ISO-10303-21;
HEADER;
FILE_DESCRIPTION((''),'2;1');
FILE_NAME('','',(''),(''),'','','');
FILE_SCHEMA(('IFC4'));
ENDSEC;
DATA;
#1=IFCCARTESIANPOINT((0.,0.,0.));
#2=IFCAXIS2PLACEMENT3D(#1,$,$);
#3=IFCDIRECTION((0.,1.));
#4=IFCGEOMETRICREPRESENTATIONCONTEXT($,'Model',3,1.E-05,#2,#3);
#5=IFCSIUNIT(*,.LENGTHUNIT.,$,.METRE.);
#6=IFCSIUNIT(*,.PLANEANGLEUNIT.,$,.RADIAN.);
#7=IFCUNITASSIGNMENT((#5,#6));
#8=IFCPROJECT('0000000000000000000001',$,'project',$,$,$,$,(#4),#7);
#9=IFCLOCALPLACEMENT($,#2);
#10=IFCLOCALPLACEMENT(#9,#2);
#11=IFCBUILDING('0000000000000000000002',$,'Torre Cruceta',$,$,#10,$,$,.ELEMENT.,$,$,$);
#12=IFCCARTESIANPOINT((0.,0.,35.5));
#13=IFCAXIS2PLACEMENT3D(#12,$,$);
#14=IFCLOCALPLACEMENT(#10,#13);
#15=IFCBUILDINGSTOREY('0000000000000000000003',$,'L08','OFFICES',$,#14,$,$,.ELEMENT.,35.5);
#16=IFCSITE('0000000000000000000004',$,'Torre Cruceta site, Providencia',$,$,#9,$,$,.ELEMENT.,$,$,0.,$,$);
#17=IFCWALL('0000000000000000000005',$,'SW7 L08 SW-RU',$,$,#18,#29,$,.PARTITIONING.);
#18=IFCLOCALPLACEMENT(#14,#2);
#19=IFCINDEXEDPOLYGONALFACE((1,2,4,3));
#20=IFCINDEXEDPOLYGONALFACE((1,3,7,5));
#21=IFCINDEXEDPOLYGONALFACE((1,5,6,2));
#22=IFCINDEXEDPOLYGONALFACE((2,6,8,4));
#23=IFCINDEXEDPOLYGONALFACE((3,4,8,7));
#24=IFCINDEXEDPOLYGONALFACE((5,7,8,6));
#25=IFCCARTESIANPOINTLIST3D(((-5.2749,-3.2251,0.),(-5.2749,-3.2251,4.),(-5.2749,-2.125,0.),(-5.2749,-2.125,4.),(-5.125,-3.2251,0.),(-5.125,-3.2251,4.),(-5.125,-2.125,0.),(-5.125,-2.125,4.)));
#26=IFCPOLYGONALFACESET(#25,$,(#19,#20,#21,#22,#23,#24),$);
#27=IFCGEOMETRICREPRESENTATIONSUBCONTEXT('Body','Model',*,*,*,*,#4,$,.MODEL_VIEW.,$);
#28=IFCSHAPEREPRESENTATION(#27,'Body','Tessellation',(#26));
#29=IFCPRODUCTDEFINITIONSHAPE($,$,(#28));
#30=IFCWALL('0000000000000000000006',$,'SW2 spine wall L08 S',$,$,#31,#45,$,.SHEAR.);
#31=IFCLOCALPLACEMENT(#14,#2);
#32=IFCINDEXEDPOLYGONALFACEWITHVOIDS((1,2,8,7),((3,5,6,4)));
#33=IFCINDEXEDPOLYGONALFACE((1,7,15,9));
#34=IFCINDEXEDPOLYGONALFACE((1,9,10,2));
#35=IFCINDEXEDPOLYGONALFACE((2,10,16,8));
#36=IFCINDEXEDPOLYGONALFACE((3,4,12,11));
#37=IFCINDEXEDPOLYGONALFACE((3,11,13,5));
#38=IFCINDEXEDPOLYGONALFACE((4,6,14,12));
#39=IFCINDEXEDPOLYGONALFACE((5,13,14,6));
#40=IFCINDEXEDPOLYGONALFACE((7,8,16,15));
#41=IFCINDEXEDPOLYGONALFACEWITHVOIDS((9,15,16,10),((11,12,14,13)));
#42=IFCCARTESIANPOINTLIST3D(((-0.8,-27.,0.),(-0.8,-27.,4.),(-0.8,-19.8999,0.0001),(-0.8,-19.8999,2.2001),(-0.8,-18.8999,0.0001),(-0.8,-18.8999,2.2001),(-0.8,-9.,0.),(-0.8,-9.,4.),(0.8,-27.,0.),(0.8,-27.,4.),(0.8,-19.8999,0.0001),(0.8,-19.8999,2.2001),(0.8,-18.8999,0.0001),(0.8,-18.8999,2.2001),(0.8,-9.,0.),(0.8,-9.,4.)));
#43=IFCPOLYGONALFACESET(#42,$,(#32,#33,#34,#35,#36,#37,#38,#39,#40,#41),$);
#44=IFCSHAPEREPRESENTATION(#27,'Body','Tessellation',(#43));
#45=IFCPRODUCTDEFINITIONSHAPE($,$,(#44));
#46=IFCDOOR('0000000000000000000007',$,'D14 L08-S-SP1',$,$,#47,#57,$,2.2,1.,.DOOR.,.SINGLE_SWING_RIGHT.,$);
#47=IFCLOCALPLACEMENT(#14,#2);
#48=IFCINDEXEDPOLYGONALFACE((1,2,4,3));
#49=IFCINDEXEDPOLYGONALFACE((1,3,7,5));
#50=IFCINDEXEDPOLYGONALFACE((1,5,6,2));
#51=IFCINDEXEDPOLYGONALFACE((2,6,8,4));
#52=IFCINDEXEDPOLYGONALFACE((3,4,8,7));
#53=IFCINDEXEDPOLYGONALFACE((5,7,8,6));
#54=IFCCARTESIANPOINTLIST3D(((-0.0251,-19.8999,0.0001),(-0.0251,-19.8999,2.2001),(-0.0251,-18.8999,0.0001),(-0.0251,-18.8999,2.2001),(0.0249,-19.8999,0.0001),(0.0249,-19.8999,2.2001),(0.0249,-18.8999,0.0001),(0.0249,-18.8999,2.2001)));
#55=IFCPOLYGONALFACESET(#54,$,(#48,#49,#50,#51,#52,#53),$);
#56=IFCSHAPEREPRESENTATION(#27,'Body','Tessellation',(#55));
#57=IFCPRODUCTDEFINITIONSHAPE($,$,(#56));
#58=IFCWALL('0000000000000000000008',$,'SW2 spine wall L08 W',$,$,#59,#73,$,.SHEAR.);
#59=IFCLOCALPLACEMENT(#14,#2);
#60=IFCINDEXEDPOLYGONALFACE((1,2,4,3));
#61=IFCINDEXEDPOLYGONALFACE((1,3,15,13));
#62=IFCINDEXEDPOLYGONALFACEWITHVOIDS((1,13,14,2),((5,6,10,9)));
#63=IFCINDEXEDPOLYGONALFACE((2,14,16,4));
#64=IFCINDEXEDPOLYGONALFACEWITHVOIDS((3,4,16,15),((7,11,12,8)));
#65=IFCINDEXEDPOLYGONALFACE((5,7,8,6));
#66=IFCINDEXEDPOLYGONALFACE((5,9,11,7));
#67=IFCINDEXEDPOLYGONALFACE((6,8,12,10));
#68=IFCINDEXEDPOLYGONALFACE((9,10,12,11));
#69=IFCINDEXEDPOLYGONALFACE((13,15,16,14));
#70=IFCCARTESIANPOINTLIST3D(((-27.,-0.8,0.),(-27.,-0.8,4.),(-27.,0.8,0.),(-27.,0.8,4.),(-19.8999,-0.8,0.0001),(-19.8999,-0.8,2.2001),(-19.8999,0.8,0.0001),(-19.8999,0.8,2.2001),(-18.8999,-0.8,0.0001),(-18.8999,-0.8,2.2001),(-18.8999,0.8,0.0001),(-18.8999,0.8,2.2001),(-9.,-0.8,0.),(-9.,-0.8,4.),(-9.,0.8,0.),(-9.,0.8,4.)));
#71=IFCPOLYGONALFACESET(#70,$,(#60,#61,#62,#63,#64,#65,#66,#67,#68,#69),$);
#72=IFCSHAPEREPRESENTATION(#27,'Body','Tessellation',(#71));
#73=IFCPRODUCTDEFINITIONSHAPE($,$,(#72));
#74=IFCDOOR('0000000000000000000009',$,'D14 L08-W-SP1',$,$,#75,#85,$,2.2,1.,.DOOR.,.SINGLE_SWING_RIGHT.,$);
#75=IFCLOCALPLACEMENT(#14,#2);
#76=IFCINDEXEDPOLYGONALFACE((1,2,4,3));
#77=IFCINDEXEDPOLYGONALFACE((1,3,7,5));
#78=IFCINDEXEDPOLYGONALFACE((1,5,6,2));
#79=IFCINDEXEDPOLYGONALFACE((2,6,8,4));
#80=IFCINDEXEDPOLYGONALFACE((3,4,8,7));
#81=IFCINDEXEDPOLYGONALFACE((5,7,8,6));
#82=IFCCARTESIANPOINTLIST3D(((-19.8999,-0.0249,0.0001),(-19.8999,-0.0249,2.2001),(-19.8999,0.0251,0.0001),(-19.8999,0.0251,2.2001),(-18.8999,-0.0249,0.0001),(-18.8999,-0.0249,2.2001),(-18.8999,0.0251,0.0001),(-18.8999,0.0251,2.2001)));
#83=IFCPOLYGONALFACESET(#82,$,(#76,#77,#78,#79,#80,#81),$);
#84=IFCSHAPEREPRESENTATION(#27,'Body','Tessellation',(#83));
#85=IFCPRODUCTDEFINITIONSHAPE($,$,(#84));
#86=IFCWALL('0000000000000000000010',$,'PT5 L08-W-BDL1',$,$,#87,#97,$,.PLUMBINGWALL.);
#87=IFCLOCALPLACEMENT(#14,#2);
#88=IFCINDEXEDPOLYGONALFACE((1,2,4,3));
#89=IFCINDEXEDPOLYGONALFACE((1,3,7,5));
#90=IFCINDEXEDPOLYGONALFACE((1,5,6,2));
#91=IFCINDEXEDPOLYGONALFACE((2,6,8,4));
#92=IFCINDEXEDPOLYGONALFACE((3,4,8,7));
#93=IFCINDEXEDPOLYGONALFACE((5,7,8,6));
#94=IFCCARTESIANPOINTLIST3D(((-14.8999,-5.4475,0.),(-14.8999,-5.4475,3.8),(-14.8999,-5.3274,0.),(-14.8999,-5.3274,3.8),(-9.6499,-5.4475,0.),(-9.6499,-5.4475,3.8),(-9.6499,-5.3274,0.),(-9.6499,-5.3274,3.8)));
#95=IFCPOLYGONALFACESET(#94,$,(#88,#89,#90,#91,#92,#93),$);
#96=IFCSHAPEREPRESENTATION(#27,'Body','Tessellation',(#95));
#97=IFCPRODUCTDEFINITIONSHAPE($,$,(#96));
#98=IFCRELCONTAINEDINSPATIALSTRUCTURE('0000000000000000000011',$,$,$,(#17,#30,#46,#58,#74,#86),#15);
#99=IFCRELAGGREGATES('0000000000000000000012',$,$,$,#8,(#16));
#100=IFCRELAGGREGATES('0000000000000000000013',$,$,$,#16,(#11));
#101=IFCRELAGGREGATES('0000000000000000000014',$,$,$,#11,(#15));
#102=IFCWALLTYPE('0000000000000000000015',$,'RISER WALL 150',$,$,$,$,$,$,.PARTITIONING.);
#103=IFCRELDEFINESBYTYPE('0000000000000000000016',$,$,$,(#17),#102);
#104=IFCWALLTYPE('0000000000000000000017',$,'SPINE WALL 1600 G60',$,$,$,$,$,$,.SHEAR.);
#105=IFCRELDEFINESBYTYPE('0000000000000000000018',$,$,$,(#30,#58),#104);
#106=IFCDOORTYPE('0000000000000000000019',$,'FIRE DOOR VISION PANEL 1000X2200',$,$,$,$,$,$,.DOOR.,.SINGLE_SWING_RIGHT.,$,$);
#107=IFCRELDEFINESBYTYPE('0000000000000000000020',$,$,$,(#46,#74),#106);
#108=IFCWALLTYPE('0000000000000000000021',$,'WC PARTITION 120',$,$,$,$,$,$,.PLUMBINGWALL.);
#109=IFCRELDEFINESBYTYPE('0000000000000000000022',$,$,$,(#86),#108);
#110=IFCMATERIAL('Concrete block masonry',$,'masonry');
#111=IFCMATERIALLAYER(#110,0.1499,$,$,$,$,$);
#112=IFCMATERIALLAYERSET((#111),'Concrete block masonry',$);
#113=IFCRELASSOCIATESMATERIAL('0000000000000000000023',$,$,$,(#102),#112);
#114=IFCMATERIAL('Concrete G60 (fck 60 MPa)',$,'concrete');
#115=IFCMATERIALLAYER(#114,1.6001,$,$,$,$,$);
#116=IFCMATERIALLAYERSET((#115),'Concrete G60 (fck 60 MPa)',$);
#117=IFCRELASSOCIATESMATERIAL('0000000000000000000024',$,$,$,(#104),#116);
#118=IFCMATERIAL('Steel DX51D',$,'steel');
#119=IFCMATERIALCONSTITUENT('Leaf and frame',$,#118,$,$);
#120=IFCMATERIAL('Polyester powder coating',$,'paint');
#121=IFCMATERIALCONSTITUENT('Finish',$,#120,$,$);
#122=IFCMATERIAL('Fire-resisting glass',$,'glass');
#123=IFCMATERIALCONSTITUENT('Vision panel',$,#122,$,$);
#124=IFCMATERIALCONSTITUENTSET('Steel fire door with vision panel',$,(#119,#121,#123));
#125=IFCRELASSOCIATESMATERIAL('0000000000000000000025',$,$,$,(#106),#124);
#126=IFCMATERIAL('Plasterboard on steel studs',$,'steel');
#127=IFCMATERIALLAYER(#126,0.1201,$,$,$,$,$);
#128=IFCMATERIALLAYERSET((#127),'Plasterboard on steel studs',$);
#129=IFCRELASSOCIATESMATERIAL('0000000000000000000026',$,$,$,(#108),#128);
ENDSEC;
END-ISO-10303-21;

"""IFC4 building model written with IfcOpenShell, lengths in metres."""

from ifc_helpers import new_model, si_unit, direction, frame, frame_2d, origin, place, context, subcontext, project, spatial, rectangle, extrude, material, layer, layer_set, constituent, constituent_set, type_object, element, fill, save


model = new_model("IFC4")

# Units and contexts
model_context = context("Model", 3, precision=1e-05, world=origin(), true_north=direction((0.0, 1.0)))
body_context = subcontext(model_context, "Body", "Model", "MODEL_VIEW")
ifc_project = project(units=[si_unit("LENGTHUNIT", "METRE"), si_unit("PLANEANGLEUNIT", "RADIAN")], contexts=[model_context])

# Site, building, storey
site_placement = place(None, origin())
site = spatial("IfcSite", under=ifc_project, at=site_placement, Name="Torre Cruceta site, Providencia", CompositionType="ELEMENT", RefElevation=0.0)
building_placement = place(site_placement, origin())
building = spatial("IfcBuilding", under=site, at=building_placement, Name="Torre Cruceta", CompositionType="ELEMENT")
storey_placement = place(building_placement, frame((0.0, 0.0, 35.5)))
storey = spatial("IfcBuildingStorey", under=building, at=storey_placement, Name="L08", Description="OFFICES", CompositionType="ELEMENT", Elevation=35.5)

# Shared definitions
ifc_material_1 = material(Name="Concrete block masonry", Category="masonry")
ifc_layer_1 = layer(ifc_material_1, 0.1499)
ifc_layer_set_1 = layer_set([ifc_layer_1], Name="Concrete block masonry")
wall_type_1 = type_object("IfcWallType", Name="RISER WALL 150", PredefinedType="PARTITIONING", material=ifc_layer_set_1)

# Wall
wall_1_placement = place(storey_placement, frame((-5.2, -2.125, 0.0), z_axis=(0.0, 0.0, 1.0), x_axis=(0.0, -1.0, 0.0)))
element("IfcWall", 1, at=wall_1_placement, inside=storey, type_object=wall_type_1, Name="SW7 L08 SW-RU", PredefinedType="PARTITIONING", context=body_context, shape_type="SweptSolid", body=[
    extrude(rectangle(XDim=1.1001, YDim=0.1499, at=frame_2d((0.55, 0.0))), origin(), (0.0, 0.0, 1.0), 4.0),
])

# Walls, openings, doors
ifc_material_2 = material(Name="Concrete G60 (fck 60 MPa)", Category="concrete")
ifc_layer_2 = layer(ifc_material_2, 1.6001)
ifc_layer_set_2 = layer_set([ifc_layer_2], Name="Concrete G60 (fck 60 MPa)")
wall_type_2 = type_object("IfcWallType", Name="SPINE WALL 1600 G60", PredefinedType="SHEAR", material=ifc_layer_set_2)
wall_2_placement = place(storey_placement, frame((0.0, -9.0, 0.0), z_axis=(0.0, 0.0, 1.0), x_axis=(0.0, -1.0, 0.0)))
wall_2 = element("IfcWall", 2, at=wall_2_placement, inside=storey, type_object=wall_type_2, Name="SW2 spine wall L08 S", PredefinedType="SHEAR", context=body_context, shape_type="SweptSolid", body=[
    extrude(rectangle(XDim=18.0, YDim=1.6001, at=frame_2d((9.0, 0.0))), origin(), (0.0, 0.0, 1.0), 4.0),
])
opening_1_placement = place(wall_2_placement, frame((9.8999, 0.0, 0.0)))
opening_1 = element("IfcOpeningElement", 3, at=opening_1_placement, cuts=wall_2, PredefinedType="OPENING", context=body_context, shape_type="SweptSolid", body=[
    extrude(rectangle(XDim=1.0, YDim=2.2, at=frame_2d((0.5, 1.1001))), frame((0.0, 0.8101, 0.0), z_axis=(0.0, -1.0, 0.0), x_axis=(1.0, 0.0, 0.0)), (0.0, 0.0, 1.0), 1.6201),
])
ifc_material_3 = material(Name="Steel DX51D", Category="steel")
ifc_constituent_1 = constituent(ifc_material_3, Name="Leaf and frame")
ifc_material_4 = material(Name="Polyester powder coating", Category="paint")
ifc_constituent_2 = constituent(ifc_material_4, Name="Finish")
ifc_material_5 = material(Name="Fire-resisting glass", Category="glass")
ifc_constituent_3 = constituent(ifc_material_5, Name="Vision panel")
ifc_constituent_set_1 = constituent_set(constituents=[ifc_constituent_1, ifc_constituent_2, ifc_constituent_3], Name="Steel fire door with vision panel")
door_type_1 = type_object("IfcDoorType", Name="FIRE DOOR VISION PANEL 1000X2200", OperationType="SINGLE_SWING_RIGHT", PredefinedType="DOOR", material=ifc_constituent_set_1)
door_1_placement = place(opening_1_placement, frame((1.0, 0.0, 0.0), z_axis=(0.0, 0.0, 1.0), x_axis=(-1.0, 0.0, 0.0)))
door_1 = element("IfcDoor", 4, at=door_1_placement, inside=storey, type_object=door_type_1, Name="D14 L08-S-SP1", OperationType="SINGLE_SWING_RIGHT", OverallHeight=2.2, OverallWidth=1.0, PredefinedType="DOOR", context=body_context, shape_type="SweptSolid", body=[
    extrude(rectangle(XDim=1.0, YDim=2.2, at=frame_2d((0.5, 1.1001))), frame((0.0, 0.0251, 0.0), z_axis=(0.0, -1.0, 0.0), x_axis=(1.0, 0.0, 0.0)), (0.0, 0.0, 1.0), 0.05),
])
fill(opening_1, door_1)
wall_3_placement = place(storey_placement, frame((-9.0, 0.0, 0.0), z_axis=(0.0, 0.0, 1.0), x_axis=(-1.0, 0.0, 0.0)))
wall_3 = element("IfcWall", 5, at=wall_3_placement, inside=storey, type_object=wall_type_2, Name="SW2 spine wall L08 W", PredefinedType="SHEAR", context=body_context, shape_type="SweptSolid", body=[
    extrude(rectangle(XDim=18.0, YDim=1.6001, at=frame_2d((9.0, 0.0))), origin(), (0.0, 0.0, 1.0), 4.0),
])
opening_2_placement = place(wall_3_placement, frame((9.8999, 0.0, 0.0)))
opening_2 = element("IfcOpeningElement", 6, at=opening_2_placement, cuts=wall_3, PredefinedType="OPENING", context=body_context, shape_type="SweptSolid", body=[
    extrude(rectangle(XDim=1.0, YDim=2.2, at=frame_2d((0.5, 1.1001))), frame((0.0, 0.8101, 0.0), z_axis=(0.0, -1.0, 0.0), x_axis=(1.0, 0.0, 0.0)), (0.0, 0.0, 1.0), 1.6201),
])
door_2_placement = place(opening_2_placement, origin())
door_2 = element("IfcDoor", 7, at=door_2_placement, inside=storey, type_object=door_type_1, Name="D14 L08-W-SP1", OperationType="SINGLE_SWING_RIGHT", OverallHeight=2.2, OverallWidth=1.0, PredefinedType="DOOR", context=body_context, shape_type="SweptSolid", body=[
    extrude(rectangle(XDim=1.0, YDim=2.2, at=frame_2d((0.5, 1.1001))), frame((0.0, 0.0249, 0.0), z_axis=(0.0, -1.0, 0.0), x_axis=(1.0, 0.0, 0.0)), (0.0, 0.0, 1.0), 0.05),
])
fill(opening_2, door_2)

# Wall
ifc_material_6 = material(Name="Plasterboard on steel studs", Category="steel")
ifc_layer_3 = layer(ifc_material_6, 0.1201)
ifc_layer_set_3 = layer_set([ifc_layer_3], Name="Plasterboard on steel studs")
wall_type_3 = type_object("IfcWallType", Name="WC PARTITION 120", PredefinedType="PLUMBINGWALL", material=ifc_layer_set_3)
wall_4_placement = place(storey_placement, frame((-9.6499, -5.3875, 0.0), z_axis=(0.0, 0.0, 1.0), x_axis=(-1.0, 0.0, 0.0)))
element("IfcWall", 8, at=wall_4_placement, inside=storey, type_object=wall_type_3, Name="PT5 L08-W-BDL1", PredefinedType="PLUMBINGWALL", context=body_context, shape_type="SweptSolid", body=[
    extrude(rectangle(XDim=5.25, YDim=0.1201, at=frame_2d((2.625, 0.0))), origin(), (0.0, 0.0, 1.0), 3.8),
])

save(model, "model.ifc")
